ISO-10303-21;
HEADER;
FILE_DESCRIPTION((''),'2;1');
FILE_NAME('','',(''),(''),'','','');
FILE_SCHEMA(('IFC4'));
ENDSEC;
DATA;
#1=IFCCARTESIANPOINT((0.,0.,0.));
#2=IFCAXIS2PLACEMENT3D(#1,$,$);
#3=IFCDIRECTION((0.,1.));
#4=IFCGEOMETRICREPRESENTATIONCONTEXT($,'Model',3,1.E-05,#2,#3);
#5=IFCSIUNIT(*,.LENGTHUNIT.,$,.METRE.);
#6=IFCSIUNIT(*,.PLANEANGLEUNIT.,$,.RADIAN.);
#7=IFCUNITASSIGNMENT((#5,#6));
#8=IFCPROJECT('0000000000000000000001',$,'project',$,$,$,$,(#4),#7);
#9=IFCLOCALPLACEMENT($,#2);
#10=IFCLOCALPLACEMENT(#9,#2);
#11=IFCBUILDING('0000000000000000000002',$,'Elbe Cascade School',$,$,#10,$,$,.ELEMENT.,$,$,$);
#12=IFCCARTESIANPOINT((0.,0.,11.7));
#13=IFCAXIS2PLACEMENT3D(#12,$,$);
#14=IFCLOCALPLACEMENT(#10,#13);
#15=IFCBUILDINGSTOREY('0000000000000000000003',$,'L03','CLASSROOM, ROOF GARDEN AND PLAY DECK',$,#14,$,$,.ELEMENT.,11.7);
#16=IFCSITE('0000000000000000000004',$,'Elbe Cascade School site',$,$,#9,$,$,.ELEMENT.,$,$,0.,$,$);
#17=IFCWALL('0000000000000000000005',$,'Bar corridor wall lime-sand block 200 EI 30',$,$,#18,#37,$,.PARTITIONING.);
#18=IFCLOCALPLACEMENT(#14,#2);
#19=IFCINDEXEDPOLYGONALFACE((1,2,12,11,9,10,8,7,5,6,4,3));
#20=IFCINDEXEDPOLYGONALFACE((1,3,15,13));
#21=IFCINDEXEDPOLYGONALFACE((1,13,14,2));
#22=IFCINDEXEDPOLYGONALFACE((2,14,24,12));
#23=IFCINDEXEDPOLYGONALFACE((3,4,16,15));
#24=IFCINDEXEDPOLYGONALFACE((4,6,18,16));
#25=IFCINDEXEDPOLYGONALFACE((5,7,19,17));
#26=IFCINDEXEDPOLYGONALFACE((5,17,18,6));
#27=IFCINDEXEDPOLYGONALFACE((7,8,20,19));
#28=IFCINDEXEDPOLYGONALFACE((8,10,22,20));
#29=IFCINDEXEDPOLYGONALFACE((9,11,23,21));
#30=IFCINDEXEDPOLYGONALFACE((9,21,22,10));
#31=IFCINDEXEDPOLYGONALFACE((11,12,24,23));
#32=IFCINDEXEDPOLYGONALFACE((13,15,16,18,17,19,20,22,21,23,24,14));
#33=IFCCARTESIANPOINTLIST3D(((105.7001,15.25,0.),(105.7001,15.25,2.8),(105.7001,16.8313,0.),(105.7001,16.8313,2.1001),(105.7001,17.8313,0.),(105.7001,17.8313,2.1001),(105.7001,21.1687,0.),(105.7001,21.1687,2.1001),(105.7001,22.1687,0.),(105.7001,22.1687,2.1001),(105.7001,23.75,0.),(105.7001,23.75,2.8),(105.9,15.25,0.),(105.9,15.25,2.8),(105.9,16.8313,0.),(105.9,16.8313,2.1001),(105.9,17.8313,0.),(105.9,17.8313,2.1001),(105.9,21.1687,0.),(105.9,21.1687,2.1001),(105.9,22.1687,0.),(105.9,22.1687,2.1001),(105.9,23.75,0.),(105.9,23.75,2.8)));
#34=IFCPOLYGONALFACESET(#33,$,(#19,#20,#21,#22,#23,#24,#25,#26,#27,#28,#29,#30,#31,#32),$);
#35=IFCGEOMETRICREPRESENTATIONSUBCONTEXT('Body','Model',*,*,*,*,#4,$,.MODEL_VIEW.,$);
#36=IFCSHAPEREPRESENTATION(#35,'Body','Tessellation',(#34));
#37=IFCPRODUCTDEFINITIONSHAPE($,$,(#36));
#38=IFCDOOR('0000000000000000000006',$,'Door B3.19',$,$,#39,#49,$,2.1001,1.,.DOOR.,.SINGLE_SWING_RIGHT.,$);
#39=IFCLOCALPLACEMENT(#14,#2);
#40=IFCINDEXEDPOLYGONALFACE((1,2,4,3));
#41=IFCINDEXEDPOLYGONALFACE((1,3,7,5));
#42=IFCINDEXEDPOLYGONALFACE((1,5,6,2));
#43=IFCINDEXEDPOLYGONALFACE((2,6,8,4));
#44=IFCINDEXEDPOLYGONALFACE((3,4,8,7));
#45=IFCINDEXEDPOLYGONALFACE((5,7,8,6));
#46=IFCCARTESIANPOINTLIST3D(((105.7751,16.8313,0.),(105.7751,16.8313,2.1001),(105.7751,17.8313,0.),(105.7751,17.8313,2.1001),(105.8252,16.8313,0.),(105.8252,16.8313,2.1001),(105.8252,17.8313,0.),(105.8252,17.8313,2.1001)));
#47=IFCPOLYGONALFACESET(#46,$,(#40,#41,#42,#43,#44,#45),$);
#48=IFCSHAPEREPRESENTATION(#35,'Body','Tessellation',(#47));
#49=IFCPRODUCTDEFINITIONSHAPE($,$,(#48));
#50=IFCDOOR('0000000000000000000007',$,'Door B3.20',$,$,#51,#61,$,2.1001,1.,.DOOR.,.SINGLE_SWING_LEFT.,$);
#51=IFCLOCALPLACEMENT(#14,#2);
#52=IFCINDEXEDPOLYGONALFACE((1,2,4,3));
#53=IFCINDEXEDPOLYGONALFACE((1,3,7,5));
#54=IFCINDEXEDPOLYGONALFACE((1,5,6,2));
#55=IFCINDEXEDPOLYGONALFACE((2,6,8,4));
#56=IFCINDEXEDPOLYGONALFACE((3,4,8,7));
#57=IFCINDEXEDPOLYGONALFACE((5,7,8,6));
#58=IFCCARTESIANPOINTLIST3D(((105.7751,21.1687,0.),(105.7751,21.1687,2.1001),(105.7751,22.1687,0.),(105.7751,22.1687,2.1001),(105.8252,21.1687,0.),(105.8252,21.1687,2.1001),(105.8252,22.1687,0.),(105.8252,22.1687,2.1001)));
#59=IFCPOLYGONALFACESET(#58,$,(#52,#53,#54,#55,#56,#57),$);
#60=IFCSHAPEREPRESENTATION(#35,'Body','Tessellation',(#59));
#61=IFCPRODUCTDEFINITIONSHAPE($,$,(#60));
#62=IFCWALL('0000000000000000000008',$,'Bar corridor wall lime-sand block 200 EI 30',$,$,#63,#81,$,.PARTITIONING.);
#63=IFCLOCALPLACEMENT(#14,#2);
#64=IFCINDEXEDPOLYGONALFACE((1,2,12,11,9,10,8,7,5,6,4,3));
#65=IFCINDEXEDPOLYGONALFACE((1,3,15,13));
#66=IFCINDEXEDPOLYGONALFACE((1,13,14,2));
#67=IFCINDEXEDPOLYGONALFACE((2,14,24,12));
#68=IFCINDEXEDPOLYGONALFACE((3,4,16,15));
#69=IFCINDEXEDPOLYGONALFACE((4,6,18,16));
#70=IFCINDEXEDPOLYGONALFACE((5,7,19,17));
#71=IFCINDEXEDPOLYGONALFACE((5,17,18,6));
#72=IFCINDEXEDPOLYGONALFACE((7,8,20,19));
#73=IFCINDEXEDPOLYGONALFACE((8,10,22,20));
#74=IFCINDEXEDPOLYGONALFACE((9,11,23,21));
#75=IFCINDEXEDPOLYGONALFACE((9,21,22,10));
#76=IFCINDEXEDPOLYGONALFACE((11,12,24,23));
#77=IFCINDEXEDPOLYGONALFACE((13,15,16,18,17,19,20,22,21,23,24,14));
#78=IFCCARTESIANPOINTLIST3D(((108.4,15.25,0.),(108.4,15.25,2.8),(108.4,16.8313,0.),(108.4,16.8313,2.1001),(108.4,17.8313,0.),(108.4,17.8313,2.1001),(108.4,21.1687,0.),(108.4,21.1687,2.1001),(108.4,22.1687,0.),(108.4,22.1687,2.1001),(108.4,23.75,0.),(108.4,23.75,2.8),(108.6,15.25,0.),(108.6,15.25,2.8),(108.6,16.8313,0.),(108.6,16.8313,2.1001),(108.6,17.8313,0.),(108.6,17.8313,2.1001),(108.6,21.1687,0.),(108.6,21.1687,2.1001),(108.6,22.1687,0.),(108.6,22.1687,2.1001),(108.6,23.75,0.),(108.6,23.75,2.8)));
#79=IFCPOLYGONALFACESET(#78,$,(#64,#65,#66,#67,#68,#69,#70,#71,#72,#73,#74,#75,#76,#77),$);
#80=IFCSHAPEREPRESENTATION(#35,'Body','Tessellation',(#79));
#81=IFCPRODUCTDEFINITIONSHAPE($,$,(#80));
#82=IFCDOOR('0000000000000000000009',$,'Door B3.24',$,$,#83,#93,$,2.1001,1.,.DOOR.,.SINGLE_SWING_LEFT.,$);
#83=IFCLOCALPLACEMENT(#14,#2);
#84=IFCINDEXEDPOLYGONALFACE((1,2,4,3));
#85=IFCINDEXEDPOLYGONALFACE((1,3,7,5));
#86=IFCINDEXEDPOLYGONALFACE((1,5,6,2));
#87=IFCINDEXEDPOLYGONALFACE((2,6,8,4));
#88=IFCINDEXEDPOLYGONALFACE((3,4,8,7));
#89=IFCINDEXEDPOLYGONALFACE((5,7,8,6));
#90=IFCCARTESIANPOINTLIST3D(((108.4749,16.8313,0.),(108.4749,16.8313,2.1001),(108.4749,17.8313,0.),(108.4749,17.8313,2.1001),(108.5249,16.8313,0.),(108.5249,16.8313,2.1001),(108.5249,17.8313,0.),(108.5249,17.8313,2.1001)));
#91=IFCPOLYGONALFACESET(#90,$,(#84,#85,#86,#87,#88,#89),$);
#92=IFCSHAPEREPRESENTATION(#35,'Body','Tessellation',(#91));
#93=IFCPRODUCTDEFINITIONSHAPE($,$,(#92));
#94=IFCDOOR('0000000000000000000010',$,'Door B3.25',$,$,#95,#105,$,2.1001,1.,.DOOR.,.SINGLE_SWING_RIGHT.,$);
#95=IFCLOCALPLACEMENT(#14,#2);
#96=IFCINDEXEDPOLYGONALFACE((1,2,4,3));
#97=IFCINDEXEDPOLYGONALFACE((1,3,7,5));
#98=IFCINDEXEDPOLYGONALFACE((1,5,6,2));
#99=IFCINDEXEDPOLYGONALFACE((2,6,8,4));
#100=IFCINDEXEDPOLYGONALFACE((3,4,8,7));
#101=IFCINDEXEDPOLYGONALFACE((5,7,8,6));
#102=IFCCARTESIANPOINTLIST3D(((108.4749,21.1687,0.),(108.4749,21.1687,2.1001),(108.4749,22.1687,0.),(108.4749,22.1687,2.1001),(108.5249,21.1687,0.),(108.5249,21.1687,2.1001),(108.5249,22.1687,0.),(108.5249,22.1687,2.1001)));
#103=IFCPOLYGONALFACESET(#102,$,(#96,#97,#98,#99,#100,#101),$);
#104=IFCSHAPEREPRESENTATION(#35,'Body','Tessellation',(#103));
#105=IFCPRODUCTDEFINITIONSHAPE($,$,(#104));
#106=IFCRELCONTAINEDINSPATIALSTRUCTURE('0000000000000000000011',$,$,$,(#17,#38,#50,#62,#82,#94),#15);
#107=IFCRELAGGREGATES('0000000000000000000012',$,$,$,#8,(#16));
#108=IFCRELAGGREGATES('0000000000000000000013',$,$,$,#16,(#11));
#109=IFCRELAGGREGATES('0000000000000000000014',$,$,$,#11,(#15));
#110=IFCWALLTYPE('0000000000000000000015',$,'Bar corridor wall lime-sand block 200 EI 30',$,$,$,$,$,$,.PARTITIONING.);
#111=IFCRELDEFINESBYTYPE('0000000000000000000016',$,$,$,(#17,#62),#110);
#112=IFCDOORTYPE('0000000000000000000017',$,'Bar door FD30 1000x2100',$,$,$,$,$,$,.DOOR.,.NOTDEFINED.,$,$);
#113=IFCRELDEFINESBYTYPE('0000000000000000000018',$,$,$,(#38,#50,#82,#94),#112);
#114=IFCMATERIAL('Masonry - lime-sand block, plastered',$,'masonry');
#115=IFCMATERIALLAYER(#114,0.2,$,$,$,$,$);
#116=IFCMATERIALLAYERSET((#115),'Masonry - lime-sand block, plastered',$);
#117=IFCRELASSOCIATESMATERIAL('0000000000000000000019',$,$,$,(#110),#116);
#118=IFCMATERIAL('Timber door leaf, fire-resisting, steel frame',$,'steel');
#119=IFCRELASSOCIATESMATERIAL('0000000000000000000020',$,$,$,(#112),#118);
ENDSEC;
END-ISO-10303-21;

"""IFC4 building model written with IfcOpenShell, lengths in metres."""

from ifc_helpers import new_model, si_unit, direction, frame, frame_2d, origin, place, context, subcontext, project, spatial, rectangle, extrude, material, layer, layer_set, type_object, element, fill, save


model = new_model("IFC4")

# Units and contexts
model_context = context("Model", 3, precision=1e-05, world=origin(), true_north=direction((0.0, 1.0)))
body_context = subcontext(model_context, "Body", "Model", "MODEL_VIEW")
ifc_project = project(units=[si_unit("LENGTHUNIT", "METRE"), si_unit("PLANEANGLEUNIT", "RADIAN")], contexts=[model_context])

# Site, building, storey
site_placement = place(None, origin())
site = spatial("IfcSite", under=ifc_project, at=site_placement, Name="Elbe Cascade School site", CompositionType="ELEMENT", RefElevation=0.0)
building_placement = place(site_placement, origin())
building = spatial("IfcBuilding", under=site, at=building_placement, Name="Elbe Cascade School", CompositionType="ELEMENT")
storey_placement = place(building_placement, frame((0.0, 0.0, 11.7)))
storey = spatial("IfcBuildingStorey", under=building, at=storey_placement, Name="L03", Description="CLASSROOM, ROOF GARDEN AND PLAY DECK", CompositionType="ELEMENT", Elevation=11.7)

# Walls, openings, doors
ifc_material_1 = material(Name="Masonry - lime-sand block, plastered", Category="masonry")
ifc_layer_1 = layer(ifc_material_1, 0.2)
ifc_layer_set_1 = layer_set([ifc_layer_1], Name="Masonry - lime-sand block, plastered")
wall_type_1 = type_object("IfcWallType", Name="Bar corridor wall lime-sand block 200 EI 30", PredefinedType="PARTITIONING", material=ifc_layer_set_1)
wall_1_placement = place(storey_placement, frame((105.8, 15.25, 0.0), z_axis=(0.0, 0.0, 1.0), x_axis=(0.0, 1.0, 0.0)))
wall_1 = element("IfcWall", 1, at=wall_1_placement, inside=storey, type_object=wall_type_1, Name="Bar corridor wall lime-sand block 200 EI 30", PredefinedType="PARTITIONING", context=body_context, shape_type="SweptSolid", body=[
    extrude(rectangle(XDim=8.5, YDim=0.2, at=frame_2d((4.25, 0.0))), origin(), (0.0, 0.0, 1.0), 2.8),
])
opening_1_placement = place(wall_1_placement, frame((1.5813, 0.0, 0.0)))
opening_1 = element("IfcOpeningElement", 2, at=opening_1_placement, cuts=wall_1, PredefinedType="OPENING", context=body_context, shape_type="SweptSolid", body=[
    extrude(rectangle(XDim=1.0, YDim=2.1001, at=frame_2d((0.5, 1.05))), frame((0.0, 0.1099, 0.0), z_axis=(0.0, -1.0, 0.0), x_axis=(1.0, 0.0, 0.0)), (0.0, 0.0, 1.0), 0.22),
])
opening_2_placement = place(wall_1_placement, frame((5.9187, 0.0, 0.0)))
opening_2 = element("IfcOpeningElement", 3, at=opening_2_placement, cuts=wall_1, PredefinedType="OPENING", context=body_context, shape_type="SweptSolid", body=[
    extrude(rectangle(XDim=1.0, YDim=2.1001, at=frame_2d((0.5, 1.05))), frame((0.0, 0.1099, 0.0), z_axis=(0.0, -1.0, 0.0), x_axis=(1.0, 0.0, 0.0)), (0.0, 0.0, 1.0), 0.22),
])
ifc_material_2 = material(Name="Timber door leaf, fire-resisting, steel frame", Category="steel")
door_type = type_object("IfcDoorType", Name="Bar door FD30 1000x2100", OperationType="NOTDEFINED", PredefinedType="DOOR", material=ifc_material_2)
door_1_placement = place(opening_1_placement, origin())
door_1 = element("IfcDoor", 4, at=door_1_placement, inside=storey, type_object=door_type, Name="Door B3.19", OperationType="SINGLE_SWING_RIGHT", OverallHeight=2.1001, OverallWidth=1.0, PredefinedType="DOOR", context=body_context, shape_type="SweptSolid", body=[
    extrude(rectangle(XDim=1.0, YDim=2.1001, at=frame_2d((0.5, 1.05))), frame((0.0, 0.0249, 0.0), z_axis=(0.0, -1.0, 0.0), x_axis=(1.0, 0.0, 0.0)), (0.0, 0.0, 1.0), 0.05),
])
fill(opening_1, door_1)
door_2_placement = place(opening_2_placement, origin())
door_2 = element("IfcDoor", 5, at=door_2_placement, inside=storey, type_object=door_type, Name="Door B3.20", OperationType="SINGLE_SWING_LEFT", OverallHeight=2.1001, OverallWidth=1.0, PredefinedType="DOOR", context=body_context, shape_type="SweptSolid", body=[
    extrude(rectangle(XDim=1.0, YDim=2.1001, at=frame_2d((0.5, 1.05))), frame((0.0, 0.0249, 0.0), z_axis=(0.0, -1.0, 0.0), x_axis=(1.0, 0.0, 0.0)), (0.0, 0.0, 1.0), 0.05),
])
fill(opening_2, door_2)
wall_2_placement = place(storey_placement, frame((108.5, 23.75, 0.0), z_axis=(0.0, 0.0, 1.0), x_axis=(0.0, -1.0, 0.0)))
wall_2 = element("IfcWall", 6, at=wall_2_placement, inside=storey, type_object=wall_type_1, Name="Bar corridor wall lime-sand block 200 EI 30", PredefinedType="PARTITIONING", context=body_context, shape_type="SweptSolid", body=[
    extrude(rectangle(XDim=8.5, YDim=0.2, at=frame_2d((4.25, 0.0))), origin(), (0.0, 0.0, 1.0), 2.8),
])
opening_3_placement = place(wall_2_placement, frame((5.9187, 0.0, 0.0)))
opening_3 = element("IfcOpeningElement", 7, at=opening_3_placement, cuts=wall_2, PredefinedType="OPENING", context=body_context, shape_type="SweptSolid", body=[
    extrude(rectangle(XDim=1.0, YDim=2.1001, at=frame_2d((0.5, 1.05))), frame((0.0, 0.1099, 0.0), z_axis=(0.0, -1.0, 0.0), x_axis=(1.0, 0.0, 0.0)), (0.0, 0.0, 1.0), 0.22),
])
opening_4_placement = place(wall_2_placement, frame((1.5813, 0.0, 0.0)))
opening_4 = element("IfcOpeningElement", 8, at=opening_4_placement, cuts=wall_2, PredefinedType="OPENING", context=body_context, shape_type="SweptSolid", body=[
    extrude(rectangle(XDim=1.0, YDim=2.1001, at=frame_2d((0.5, 1.05))), frame((0.0, 0.1099, 0.0), z_axis=(0.0, -1.0, 0.0), x_axis=(1.0, 0.0, 0.0)), (0.0, 0.0, 1.0), 0.22),
])
door_3_placement = place(opening_3_placement, origin())
door_3 = element("IfcDoor", 9, at=door_3_placement, inside=storey, type_object=door_type, Name="Door B3.24", OperationType="SINGLE_SWING_LEFT", OverallHeight=2.1001, OverallWidth=1.0, PredefinedType="DOOR", context=body_context, shape_type="SweptSolid", body=[
    extrude(rectangle(XDim=1.0, YDim=2.1001, at=frame_2d((0.5, 1.05))), frame((0.0, 0.0249, 0.0), z_axis=(0.0, -1.0, 0.0), x_axis=(1.0, 0.0, 0.0)), (0.0, 0.0, 1.0), 0.05),
])
fill(opening_3, door_3)
door_4_placement = place(opening_4_placement, origin())
door_4 = element("IfcDoor", 10, at=door_4_placement, inside=storey, type_object=door_type, Name="Door B3.25", OperationType="SINGLE_SWING_RIGHT", OverallHeight=2.1001, OverallWidth=1.0, PredefinedType="DOOR", context=body_context, shape_type="SweptSolid", body=[
    extrude(rectangle(XDim=1.0, YDim=2.1001, at=frame_2d((0.5, 1.05))), frame((0.0, 0.0249, 0.0), z_axis=(0.0, -1.0, 0.0), x_axis=(1.0, 0.0, 0.0)), (0.0, 0.0, 1.0), 0.05),
])
fill(opening_4, door_4)

save(model, "model.ifc")
